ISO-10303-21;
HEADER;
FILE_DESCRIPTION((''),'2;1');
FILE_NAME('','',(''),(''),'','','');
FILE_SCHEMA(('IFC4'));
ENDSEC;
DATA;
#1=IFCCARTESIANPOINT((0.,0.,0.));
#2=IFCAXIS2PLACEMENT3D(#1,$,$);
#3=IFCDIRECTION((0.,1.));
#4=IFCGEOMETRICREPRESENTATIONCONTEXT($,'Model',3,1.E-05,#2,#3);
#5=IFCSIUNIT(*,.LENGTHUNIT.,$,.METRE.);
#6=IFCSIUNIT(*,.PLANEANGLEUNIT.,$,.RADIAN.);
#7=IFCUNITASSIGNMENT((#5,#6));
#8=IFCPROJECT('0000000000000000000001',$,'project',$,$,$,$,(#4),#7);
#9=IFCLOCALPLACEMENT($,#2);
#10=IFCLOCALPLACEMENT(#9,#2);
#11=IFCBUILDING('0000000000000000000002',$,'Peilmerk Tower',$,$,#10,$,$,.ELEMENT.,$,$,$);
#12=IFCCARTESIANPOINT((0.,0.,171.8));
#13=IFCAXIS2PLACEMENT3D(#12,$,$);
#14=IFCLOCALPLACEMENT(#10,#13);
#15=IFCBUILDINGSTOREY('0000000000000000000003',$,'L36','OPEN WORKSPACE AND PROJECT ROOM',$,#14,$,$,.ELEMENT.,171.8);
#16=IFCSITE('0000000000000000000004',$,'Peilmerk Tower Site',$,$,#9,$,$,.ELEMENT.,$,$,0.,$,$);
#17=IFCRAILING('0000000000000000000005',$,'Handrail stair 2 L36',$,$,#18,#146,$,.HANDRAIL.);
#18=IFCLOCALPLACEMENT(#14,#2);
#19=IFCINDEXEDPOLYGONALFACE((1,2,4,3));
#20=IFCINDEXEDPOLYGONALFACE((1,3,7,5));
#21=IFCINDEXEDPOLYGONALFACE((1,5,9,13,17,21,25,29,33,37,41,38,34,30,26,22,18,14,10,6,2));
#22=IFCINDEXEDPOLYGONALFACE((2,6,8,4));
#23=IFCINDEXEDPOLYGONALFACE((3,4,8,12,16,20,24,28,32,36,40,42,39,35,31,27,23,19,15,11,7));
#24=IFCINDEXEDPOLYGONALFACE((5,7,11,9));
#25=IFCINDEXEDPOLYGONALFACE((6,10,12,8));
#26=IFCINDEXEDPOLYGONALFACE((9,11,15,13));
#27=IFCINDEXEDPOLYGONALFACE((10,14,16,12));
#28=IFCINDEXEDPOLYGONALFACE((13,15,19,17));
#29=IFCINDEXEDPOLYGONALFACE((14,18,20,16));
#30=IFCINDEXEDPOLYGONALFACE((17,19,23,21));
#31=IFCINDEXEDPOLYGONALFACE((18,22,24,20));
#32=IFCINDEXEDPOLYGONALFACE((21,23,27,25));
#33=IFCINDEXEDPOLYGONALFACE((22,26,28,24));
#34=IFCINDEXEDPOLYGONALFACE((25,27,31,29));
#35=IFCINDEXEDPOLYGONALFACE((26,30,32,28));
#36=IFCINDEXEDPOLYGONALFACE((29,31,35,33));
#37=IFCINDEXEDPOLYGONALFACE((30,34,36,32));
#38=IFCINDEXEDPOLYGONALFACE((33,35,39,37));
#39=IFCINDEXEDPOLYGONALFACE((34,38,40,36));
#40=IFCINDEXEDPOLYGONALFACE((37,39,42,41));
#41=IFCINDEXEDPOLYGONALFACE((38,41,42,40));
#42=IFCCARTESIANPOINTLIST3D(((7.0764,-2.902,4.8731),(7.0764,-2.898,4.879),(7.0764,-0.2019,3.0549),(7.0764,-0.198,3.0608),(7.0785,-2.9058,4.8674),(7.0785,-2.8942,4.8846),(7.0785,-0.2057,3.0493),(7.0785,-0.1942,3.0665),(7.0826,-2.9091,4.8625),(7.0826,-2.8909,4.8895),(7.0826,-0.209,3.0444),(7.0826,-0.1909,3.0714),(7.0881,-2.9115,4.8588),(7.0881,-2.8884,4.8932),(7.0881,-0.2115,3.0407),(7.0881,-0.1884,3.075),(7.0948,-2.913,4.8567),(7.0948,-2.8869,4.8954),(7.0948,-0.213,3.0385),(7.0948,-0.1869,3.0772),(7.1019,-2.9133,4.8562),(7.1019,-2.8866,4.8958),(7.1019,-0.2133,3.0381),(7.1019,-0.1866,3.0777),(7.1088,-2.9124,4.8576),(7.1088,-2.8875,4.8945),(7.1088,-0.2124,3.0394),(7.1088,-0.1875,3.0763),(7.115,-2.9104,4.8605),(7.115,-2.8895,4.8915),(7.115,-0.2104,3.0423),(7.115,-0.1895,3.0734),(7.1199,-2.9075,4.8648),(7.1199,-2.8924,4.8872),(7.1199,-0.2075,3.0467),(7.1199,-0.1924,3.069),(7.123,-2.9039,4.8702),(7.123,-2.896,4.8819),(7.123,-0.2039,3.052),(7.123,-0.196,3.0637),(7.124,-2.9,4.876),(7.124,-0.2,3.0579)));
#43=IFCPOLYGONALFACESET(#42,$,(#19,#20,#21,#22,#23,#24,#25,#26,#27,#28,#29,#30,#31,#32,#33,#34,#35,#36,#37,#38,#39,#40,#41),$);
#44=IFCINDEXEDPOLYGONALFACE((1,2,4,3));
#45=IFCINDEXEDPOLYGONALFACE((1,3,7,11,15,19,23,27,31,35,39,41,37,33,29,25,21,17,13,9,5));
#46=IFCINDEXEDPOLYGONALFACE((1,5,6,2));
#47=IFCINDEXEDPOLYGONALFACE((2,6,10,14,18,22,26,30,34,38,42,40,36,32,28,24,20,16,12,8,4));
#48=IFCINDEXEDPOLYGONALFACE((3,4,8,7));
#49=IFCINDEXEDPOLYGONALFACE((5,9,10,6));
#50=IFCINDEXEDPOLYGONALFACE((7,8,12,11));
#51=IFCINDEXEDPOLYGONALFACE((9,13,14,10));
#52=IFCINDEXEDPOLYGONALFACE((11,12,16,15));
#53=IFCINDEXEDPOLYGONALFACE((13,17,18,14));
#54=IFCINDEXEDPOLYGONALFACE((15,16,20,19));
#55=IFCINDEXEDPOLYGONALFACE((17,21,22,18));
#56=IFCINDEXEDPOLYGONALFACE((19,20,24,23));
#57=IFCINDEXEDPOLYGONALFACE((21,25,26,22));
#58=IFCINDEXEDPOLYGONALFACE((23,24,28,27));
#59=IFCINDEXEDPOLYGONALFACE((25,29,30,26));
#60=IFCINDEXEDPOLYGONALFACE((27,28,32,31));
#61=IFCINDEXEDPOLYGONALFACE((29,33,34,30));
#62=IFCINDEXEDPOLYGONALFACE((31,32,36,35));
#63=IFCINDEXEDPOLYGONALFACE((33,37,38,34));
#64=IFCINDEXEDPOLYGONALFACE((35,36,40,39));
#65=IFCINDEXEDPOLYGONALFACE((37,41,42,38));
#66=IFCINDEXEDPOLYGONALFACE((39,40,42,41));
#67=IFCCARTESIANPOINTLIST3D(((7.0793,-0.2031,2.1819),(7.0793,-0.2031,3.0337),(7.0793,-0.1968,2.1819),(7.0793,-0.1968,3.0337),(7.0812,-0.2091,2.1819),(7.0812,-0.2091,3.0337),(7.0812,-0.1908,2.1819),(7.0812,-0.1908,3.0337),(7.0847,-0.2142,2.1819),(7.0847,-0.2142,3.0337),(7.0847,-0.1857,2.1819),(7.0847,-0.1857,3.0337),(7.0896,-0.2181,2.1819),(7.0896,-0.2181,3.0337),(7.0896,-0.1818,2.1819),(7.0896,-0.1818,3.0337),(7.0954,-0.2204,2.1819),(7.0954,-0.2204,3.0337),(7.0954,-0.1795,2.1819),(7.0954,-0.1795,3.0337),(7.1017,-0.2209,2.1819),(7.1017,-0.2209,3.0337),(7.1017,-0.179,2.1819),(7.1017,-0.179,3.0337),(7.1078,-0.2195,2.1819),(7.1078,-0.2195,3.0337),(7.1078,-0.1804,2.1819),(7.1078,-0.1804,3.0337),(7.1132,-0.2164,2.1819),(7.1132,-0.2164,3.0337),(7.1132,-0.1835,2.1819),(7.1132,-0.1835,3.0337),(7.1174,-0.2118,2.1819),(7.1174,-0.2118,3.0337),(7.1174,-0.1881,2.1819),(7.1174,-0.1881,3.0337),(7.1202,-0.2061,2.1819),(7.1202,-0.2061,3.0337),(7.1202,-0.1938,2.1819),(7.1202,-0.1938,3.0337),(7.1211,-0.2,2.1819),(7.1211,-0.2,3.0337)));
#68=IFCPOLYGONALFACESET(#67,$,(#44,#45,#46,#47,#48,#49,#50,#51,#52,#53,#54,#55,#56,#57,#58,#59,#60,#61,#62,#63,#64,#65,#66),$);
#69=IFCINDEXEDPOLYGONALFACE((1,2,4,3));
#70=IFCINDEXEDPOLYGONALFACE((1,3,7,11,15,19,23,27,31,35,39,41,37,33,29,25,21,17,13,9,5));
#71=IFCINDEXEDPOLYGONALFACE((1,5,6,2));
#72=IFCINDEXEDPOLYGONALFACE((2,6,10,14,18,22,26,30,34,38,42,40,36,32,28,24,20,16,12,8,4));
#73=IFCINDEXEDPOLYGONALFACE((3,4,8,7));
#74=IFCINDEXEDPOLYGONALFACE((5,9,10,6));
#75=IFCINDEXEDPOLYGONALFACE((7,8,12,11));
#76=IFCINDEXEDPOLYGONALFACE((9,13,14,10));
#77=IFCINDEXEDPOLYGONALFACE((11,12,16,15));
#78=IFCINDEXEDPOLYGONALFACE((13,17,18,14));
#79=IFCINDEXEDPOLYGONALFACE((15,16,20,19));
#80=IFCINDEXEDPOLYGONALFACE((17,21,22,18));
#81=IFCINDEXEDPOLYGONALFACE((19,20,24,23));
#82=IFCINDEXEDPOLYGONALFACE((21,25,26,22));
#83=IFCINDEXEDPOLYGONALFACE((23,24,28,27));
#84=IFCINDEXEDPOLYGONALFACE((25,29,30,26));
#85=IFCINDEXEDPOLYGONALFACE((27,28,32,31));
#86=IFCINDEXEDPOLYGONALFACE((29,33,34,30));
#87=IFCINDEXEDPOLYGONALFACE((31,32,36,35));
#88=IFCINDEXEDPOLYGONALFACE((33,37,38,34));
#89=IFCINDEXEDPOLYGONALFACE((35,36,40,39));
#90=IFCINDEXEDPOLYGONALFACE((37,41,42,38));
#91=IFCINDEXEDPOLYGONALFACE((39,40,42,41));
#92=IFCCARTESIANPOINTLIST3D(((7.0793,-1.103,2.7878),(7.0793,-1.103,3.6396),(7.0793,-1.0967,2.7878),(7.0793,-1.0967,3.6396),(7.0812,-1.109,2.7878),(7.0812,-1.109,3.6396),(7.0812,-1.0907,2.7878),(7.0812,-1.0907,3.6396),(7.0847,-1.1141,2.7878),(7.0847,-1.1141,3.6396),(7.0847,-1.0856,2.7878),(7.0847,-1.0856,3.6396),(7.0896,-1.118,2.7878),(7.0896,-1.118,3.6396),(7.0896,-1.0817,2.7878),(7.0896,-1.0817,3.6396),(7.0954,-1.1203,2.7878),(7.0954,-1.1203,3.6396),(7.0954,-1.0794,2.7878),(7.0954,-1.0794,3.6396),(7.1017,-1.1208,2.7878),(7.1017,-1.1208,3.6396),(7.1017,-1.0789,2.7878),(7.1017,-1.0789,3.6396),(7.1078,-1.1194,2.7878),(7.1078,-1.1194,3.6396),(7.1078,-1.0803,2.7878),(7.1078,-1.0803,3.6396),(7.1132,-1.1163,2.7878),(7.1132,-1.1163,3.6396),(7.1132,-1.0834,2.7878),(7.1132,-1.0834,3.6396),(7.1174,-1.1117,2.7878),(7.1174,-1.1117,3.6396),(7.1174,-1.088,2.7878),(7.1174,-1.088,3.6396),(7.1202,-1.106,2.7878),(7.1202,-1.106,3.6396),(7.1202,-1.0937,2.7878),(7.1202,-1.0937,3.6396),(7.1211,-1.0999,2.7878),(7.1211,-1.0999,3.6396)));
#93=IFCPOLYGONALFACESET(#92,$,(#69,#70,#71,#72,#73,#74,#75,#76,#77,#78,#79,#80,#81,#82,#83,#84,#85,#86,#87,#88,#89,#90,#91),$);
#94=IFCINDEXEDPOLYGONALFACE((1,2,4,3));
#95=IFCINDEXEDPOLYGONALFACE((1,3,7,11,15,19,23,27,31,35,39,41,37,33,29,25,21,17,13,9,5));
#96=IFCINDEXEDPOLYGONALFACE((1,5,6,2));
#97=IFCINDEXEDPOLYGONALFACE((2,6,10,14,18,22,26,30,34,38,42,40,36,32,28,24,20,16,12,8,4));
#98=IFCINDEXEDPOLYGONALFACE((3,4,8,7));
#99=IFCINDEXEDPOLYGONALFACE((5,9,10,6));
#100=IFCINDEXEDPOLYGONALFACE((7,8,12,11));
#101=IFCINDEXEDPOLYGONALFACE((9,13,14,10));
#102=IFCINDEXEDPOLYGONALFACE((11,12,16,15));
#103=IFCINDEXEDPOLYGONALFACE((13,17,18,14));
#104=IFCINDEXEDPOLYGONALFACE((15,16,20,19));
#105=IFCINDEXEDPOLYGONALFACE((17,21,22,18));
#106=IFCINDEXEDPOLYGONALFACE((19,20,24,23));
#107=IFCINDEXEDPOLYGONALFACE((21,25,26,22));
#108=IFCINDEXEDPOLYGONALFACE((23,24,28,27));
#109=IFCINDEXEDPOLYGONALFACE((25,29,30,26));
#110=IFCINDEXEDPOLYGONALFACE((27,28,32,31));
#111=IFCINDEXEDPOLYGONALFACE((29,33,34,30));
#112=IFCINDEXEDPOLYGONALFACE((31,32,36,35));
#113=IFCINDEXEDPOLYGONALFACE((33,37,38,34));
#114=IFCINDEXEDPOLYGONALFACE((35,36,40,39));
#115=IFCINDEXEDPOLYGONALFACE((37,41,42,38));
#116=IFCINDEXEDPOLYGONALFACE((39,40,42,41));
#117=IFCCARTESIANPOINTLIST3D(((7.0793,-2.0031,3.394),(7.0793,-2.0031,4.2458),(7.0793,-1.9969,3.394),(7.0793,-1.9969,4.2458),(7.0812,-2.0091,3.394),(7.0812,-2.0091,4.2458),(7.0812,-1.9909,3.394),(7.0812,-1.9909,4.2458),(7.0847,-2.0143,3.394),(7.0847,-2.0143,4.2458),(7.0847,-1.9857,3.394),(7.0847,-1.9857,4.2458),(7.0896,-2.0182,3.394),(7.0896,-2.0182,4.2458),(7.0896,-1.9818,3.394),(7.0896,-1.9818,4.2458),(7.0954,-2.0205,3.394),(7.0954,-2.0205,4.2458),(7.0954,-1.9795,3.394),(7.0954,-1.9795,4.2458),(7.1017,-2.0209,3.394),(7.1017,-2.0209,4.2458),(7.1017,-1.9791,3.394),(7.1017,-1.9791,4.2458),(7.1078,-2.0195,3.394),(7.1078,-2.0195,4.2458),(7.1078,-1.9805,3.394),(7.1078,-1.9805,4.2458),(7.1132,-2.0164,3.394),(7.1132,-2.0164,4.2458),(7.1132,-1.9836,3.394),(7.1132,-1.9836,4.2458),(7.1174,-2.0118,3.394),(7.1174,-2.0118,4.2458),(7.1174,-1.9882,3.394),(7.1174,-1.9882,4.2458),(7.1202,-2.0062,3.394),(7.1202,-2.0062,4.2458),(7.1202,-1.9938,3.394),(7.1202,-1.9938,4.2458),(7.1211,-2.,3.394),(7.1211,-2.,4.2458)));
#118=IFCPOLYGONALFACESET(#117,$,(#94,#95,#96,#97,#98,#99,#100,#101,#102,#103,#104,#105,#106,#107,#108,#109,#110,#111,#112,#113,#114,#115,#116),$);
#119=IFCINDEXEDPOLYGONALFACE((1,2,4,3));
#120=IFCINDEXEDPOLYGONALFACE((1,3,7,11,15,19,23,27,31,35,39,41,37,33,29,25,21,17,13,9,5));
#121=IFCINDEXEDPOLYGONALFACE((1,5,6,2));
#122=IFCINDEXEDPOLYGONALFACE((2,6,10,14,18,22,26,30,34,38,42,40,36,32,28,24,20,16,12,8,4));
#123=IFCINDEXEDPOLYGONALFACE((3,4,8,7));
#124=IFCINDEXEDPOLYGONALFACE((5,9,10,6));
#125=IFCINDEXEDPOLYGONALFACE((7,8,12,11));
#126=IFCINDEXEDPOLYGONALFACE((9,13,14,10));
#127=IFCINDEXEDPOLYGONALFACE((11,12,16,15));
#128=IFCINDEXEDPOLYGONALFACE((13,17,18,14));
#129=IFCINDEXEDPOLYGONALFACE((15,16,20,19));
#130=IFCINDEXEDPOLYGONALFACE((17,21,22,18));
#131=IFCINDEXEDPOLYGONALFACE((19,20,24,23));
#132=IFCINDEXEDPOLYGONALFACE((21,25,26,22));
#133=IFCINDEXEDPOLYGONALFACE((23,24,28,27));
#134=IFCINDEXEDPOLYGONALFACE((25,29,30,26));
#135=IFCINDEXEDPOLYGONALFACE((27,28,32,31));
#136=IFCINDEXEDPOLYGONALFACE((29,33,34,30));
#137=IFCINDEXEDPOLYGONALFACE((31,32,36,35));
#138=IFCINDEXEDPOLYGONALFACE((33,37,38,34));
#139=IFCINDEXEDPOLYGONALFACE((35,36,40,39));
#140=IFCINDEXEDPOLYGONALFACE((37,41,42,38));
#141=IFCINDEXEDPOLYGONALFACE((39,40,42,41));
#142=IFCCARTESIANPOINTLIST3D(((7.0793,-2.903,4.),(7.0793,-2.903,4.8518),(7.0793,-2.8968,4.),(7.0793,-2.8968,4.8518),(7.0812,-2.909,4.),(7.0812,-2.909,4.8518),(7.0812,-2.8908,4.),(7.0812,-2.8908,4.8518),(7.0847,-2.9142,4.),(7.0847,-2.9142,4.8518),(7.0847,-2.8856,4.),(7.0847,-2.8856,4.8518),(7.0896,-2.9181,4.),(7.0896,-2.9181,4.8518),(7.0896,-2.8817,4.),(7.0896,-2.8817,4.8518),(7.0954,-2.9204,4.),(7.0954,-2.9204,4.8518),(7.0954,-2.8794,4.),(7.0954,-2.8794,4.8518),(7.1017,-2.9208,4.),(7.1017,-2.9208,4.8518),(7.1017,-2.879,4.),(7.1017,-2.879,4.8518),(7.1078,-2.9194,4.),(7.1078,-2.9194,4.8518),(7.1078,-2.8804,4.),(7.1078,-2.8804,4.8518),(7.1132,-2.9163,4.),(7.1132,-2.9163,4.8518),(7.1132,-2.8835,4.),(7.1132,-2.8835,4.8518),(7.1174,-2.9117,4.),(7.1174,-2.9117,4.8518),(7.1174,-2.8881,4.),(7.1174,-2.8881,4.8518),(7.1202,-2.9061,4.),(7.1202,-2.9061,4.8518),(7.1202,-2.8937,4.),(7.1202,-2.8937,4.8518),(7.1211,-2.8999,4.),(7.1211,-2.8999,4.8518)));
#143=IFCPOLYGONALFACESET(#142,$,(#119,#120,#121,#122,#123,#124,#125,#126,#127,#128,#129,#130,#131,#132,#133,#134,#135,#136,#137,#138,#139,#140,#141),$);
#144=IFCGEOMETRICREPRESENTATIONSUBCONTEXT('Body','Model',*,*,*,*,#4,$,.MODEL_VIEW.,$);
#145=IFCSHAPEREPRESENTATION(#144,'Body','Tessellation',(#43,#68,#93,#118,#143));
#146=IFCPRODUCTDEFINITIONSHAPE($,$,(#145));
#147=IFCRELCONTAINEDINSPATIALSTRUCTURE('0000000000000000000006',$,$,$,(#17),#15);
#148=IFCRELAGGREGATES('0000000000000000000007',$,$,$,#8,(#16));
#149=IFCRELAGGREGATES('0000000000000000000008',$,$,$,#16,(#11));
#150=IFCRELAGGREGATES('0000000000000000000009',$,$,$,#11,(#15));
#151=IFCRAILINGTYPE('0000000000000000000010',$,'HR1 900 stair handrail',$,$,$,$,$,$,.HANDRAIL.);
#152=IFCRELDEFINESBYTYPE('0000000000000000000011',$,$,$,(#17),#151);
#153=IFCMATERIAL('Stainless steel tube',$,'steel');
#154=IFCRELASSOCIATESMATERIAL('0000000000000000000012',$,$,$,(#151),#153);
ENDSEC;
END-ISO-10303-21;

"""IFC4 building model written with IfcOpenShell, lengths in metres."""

from ifc_helpers import new_model, si_unit, direction, frame, origin, origin_2d, place, context, subcontext, project, spatial, circle, extrude, material, type_object, element, save


model = new_model("IFC4")

# Units and contexts
model_context = context("Model", 3, precision=1e-05, world=origin(), true_north=direction((0.0, 1.0)))
body_context = subcontext(model_context, "Body", "Model", "MODEL_VIEW")
ifc_project = project(units=[si_unit("LENGTHUNIT", "METRE"), si_unit("PLANEANGLEUNIT", "RADIAN")], contexts=[model_context])

# Site, building, storey
site_placement = place(None, origin())
site = spatial("IfcSite", under=ifc_project, at=site_placement, Name="Peilmerk Tower Site", CompositionType="ELEMENT", RefElevation=0.0)
building_placement = place(site_placement, origin())
building = spatial("IfcBuilding", under=site, at=building_placement, Name="Peilmerk Tower", CompositionType="ELEMENT")
storey_placement = place(building_placement, frame((0.0, 0.0, 171.8)))
storey = spatial("IfcBuildingStorey", under=building, at=storey_placement, Name="L36", Description="OPEN WORKSPACE AND PROJECT ROOM", CompositionType="ELEMENT", Elevation=171.8)

# Railing
ifc_material_1 = material(Name="Stainless steel tube", Category="steel")
railing_type_1 = type_object("IfcRailingType", Name="HR1 900 stair handrail", PredefinedType="HANDRAIL", material=ifc_material_1)
railing_1_placement = place(storey_placement, frame((7.1001, -0.2, 2.1819)))
element("IfcRailing", 1, at=railing_1_placement, inside=storey, type_object=railing_type_1, Name="Handrail stair 2 L36", PredefinedType="HANDRAIL", context=body_context, shape_type="SweptSolid", body=[
    extrude(circle(Radius=0.0239, at=origin_2d()), frame((0.0, 0.0, 0.876), z_axis=(0.0, -0.829468, 0.558554), x_axis=(1.0, 0.0, 0.0)), (0.0, 0.0, 1.0), 3.2551),
    extrude(circle(Radius=0.021, at=origin_2d()), origin(), (0.0, 0.0, 1.0), 0.8518),
    extrude(circle(Radius=0.021, at=origin_2d()), frame((0.0, -0.8999, 0.606)), (0.0, 0.0, 1.0), 0.8518),
    extrude(circle(Radius=0.021, at=origin_2d()), frame((0.0, -1.8, 1.2122)), (0.0, 0.0, 1.0), 0.8518),
    extrude(circle(Radius=0.021, at=origin_2d()), frame((0.0, -2.7, 1.8181)), (0.0, 0.0, 1.0), 0.8518),
])

save(model, "model.ifc")
